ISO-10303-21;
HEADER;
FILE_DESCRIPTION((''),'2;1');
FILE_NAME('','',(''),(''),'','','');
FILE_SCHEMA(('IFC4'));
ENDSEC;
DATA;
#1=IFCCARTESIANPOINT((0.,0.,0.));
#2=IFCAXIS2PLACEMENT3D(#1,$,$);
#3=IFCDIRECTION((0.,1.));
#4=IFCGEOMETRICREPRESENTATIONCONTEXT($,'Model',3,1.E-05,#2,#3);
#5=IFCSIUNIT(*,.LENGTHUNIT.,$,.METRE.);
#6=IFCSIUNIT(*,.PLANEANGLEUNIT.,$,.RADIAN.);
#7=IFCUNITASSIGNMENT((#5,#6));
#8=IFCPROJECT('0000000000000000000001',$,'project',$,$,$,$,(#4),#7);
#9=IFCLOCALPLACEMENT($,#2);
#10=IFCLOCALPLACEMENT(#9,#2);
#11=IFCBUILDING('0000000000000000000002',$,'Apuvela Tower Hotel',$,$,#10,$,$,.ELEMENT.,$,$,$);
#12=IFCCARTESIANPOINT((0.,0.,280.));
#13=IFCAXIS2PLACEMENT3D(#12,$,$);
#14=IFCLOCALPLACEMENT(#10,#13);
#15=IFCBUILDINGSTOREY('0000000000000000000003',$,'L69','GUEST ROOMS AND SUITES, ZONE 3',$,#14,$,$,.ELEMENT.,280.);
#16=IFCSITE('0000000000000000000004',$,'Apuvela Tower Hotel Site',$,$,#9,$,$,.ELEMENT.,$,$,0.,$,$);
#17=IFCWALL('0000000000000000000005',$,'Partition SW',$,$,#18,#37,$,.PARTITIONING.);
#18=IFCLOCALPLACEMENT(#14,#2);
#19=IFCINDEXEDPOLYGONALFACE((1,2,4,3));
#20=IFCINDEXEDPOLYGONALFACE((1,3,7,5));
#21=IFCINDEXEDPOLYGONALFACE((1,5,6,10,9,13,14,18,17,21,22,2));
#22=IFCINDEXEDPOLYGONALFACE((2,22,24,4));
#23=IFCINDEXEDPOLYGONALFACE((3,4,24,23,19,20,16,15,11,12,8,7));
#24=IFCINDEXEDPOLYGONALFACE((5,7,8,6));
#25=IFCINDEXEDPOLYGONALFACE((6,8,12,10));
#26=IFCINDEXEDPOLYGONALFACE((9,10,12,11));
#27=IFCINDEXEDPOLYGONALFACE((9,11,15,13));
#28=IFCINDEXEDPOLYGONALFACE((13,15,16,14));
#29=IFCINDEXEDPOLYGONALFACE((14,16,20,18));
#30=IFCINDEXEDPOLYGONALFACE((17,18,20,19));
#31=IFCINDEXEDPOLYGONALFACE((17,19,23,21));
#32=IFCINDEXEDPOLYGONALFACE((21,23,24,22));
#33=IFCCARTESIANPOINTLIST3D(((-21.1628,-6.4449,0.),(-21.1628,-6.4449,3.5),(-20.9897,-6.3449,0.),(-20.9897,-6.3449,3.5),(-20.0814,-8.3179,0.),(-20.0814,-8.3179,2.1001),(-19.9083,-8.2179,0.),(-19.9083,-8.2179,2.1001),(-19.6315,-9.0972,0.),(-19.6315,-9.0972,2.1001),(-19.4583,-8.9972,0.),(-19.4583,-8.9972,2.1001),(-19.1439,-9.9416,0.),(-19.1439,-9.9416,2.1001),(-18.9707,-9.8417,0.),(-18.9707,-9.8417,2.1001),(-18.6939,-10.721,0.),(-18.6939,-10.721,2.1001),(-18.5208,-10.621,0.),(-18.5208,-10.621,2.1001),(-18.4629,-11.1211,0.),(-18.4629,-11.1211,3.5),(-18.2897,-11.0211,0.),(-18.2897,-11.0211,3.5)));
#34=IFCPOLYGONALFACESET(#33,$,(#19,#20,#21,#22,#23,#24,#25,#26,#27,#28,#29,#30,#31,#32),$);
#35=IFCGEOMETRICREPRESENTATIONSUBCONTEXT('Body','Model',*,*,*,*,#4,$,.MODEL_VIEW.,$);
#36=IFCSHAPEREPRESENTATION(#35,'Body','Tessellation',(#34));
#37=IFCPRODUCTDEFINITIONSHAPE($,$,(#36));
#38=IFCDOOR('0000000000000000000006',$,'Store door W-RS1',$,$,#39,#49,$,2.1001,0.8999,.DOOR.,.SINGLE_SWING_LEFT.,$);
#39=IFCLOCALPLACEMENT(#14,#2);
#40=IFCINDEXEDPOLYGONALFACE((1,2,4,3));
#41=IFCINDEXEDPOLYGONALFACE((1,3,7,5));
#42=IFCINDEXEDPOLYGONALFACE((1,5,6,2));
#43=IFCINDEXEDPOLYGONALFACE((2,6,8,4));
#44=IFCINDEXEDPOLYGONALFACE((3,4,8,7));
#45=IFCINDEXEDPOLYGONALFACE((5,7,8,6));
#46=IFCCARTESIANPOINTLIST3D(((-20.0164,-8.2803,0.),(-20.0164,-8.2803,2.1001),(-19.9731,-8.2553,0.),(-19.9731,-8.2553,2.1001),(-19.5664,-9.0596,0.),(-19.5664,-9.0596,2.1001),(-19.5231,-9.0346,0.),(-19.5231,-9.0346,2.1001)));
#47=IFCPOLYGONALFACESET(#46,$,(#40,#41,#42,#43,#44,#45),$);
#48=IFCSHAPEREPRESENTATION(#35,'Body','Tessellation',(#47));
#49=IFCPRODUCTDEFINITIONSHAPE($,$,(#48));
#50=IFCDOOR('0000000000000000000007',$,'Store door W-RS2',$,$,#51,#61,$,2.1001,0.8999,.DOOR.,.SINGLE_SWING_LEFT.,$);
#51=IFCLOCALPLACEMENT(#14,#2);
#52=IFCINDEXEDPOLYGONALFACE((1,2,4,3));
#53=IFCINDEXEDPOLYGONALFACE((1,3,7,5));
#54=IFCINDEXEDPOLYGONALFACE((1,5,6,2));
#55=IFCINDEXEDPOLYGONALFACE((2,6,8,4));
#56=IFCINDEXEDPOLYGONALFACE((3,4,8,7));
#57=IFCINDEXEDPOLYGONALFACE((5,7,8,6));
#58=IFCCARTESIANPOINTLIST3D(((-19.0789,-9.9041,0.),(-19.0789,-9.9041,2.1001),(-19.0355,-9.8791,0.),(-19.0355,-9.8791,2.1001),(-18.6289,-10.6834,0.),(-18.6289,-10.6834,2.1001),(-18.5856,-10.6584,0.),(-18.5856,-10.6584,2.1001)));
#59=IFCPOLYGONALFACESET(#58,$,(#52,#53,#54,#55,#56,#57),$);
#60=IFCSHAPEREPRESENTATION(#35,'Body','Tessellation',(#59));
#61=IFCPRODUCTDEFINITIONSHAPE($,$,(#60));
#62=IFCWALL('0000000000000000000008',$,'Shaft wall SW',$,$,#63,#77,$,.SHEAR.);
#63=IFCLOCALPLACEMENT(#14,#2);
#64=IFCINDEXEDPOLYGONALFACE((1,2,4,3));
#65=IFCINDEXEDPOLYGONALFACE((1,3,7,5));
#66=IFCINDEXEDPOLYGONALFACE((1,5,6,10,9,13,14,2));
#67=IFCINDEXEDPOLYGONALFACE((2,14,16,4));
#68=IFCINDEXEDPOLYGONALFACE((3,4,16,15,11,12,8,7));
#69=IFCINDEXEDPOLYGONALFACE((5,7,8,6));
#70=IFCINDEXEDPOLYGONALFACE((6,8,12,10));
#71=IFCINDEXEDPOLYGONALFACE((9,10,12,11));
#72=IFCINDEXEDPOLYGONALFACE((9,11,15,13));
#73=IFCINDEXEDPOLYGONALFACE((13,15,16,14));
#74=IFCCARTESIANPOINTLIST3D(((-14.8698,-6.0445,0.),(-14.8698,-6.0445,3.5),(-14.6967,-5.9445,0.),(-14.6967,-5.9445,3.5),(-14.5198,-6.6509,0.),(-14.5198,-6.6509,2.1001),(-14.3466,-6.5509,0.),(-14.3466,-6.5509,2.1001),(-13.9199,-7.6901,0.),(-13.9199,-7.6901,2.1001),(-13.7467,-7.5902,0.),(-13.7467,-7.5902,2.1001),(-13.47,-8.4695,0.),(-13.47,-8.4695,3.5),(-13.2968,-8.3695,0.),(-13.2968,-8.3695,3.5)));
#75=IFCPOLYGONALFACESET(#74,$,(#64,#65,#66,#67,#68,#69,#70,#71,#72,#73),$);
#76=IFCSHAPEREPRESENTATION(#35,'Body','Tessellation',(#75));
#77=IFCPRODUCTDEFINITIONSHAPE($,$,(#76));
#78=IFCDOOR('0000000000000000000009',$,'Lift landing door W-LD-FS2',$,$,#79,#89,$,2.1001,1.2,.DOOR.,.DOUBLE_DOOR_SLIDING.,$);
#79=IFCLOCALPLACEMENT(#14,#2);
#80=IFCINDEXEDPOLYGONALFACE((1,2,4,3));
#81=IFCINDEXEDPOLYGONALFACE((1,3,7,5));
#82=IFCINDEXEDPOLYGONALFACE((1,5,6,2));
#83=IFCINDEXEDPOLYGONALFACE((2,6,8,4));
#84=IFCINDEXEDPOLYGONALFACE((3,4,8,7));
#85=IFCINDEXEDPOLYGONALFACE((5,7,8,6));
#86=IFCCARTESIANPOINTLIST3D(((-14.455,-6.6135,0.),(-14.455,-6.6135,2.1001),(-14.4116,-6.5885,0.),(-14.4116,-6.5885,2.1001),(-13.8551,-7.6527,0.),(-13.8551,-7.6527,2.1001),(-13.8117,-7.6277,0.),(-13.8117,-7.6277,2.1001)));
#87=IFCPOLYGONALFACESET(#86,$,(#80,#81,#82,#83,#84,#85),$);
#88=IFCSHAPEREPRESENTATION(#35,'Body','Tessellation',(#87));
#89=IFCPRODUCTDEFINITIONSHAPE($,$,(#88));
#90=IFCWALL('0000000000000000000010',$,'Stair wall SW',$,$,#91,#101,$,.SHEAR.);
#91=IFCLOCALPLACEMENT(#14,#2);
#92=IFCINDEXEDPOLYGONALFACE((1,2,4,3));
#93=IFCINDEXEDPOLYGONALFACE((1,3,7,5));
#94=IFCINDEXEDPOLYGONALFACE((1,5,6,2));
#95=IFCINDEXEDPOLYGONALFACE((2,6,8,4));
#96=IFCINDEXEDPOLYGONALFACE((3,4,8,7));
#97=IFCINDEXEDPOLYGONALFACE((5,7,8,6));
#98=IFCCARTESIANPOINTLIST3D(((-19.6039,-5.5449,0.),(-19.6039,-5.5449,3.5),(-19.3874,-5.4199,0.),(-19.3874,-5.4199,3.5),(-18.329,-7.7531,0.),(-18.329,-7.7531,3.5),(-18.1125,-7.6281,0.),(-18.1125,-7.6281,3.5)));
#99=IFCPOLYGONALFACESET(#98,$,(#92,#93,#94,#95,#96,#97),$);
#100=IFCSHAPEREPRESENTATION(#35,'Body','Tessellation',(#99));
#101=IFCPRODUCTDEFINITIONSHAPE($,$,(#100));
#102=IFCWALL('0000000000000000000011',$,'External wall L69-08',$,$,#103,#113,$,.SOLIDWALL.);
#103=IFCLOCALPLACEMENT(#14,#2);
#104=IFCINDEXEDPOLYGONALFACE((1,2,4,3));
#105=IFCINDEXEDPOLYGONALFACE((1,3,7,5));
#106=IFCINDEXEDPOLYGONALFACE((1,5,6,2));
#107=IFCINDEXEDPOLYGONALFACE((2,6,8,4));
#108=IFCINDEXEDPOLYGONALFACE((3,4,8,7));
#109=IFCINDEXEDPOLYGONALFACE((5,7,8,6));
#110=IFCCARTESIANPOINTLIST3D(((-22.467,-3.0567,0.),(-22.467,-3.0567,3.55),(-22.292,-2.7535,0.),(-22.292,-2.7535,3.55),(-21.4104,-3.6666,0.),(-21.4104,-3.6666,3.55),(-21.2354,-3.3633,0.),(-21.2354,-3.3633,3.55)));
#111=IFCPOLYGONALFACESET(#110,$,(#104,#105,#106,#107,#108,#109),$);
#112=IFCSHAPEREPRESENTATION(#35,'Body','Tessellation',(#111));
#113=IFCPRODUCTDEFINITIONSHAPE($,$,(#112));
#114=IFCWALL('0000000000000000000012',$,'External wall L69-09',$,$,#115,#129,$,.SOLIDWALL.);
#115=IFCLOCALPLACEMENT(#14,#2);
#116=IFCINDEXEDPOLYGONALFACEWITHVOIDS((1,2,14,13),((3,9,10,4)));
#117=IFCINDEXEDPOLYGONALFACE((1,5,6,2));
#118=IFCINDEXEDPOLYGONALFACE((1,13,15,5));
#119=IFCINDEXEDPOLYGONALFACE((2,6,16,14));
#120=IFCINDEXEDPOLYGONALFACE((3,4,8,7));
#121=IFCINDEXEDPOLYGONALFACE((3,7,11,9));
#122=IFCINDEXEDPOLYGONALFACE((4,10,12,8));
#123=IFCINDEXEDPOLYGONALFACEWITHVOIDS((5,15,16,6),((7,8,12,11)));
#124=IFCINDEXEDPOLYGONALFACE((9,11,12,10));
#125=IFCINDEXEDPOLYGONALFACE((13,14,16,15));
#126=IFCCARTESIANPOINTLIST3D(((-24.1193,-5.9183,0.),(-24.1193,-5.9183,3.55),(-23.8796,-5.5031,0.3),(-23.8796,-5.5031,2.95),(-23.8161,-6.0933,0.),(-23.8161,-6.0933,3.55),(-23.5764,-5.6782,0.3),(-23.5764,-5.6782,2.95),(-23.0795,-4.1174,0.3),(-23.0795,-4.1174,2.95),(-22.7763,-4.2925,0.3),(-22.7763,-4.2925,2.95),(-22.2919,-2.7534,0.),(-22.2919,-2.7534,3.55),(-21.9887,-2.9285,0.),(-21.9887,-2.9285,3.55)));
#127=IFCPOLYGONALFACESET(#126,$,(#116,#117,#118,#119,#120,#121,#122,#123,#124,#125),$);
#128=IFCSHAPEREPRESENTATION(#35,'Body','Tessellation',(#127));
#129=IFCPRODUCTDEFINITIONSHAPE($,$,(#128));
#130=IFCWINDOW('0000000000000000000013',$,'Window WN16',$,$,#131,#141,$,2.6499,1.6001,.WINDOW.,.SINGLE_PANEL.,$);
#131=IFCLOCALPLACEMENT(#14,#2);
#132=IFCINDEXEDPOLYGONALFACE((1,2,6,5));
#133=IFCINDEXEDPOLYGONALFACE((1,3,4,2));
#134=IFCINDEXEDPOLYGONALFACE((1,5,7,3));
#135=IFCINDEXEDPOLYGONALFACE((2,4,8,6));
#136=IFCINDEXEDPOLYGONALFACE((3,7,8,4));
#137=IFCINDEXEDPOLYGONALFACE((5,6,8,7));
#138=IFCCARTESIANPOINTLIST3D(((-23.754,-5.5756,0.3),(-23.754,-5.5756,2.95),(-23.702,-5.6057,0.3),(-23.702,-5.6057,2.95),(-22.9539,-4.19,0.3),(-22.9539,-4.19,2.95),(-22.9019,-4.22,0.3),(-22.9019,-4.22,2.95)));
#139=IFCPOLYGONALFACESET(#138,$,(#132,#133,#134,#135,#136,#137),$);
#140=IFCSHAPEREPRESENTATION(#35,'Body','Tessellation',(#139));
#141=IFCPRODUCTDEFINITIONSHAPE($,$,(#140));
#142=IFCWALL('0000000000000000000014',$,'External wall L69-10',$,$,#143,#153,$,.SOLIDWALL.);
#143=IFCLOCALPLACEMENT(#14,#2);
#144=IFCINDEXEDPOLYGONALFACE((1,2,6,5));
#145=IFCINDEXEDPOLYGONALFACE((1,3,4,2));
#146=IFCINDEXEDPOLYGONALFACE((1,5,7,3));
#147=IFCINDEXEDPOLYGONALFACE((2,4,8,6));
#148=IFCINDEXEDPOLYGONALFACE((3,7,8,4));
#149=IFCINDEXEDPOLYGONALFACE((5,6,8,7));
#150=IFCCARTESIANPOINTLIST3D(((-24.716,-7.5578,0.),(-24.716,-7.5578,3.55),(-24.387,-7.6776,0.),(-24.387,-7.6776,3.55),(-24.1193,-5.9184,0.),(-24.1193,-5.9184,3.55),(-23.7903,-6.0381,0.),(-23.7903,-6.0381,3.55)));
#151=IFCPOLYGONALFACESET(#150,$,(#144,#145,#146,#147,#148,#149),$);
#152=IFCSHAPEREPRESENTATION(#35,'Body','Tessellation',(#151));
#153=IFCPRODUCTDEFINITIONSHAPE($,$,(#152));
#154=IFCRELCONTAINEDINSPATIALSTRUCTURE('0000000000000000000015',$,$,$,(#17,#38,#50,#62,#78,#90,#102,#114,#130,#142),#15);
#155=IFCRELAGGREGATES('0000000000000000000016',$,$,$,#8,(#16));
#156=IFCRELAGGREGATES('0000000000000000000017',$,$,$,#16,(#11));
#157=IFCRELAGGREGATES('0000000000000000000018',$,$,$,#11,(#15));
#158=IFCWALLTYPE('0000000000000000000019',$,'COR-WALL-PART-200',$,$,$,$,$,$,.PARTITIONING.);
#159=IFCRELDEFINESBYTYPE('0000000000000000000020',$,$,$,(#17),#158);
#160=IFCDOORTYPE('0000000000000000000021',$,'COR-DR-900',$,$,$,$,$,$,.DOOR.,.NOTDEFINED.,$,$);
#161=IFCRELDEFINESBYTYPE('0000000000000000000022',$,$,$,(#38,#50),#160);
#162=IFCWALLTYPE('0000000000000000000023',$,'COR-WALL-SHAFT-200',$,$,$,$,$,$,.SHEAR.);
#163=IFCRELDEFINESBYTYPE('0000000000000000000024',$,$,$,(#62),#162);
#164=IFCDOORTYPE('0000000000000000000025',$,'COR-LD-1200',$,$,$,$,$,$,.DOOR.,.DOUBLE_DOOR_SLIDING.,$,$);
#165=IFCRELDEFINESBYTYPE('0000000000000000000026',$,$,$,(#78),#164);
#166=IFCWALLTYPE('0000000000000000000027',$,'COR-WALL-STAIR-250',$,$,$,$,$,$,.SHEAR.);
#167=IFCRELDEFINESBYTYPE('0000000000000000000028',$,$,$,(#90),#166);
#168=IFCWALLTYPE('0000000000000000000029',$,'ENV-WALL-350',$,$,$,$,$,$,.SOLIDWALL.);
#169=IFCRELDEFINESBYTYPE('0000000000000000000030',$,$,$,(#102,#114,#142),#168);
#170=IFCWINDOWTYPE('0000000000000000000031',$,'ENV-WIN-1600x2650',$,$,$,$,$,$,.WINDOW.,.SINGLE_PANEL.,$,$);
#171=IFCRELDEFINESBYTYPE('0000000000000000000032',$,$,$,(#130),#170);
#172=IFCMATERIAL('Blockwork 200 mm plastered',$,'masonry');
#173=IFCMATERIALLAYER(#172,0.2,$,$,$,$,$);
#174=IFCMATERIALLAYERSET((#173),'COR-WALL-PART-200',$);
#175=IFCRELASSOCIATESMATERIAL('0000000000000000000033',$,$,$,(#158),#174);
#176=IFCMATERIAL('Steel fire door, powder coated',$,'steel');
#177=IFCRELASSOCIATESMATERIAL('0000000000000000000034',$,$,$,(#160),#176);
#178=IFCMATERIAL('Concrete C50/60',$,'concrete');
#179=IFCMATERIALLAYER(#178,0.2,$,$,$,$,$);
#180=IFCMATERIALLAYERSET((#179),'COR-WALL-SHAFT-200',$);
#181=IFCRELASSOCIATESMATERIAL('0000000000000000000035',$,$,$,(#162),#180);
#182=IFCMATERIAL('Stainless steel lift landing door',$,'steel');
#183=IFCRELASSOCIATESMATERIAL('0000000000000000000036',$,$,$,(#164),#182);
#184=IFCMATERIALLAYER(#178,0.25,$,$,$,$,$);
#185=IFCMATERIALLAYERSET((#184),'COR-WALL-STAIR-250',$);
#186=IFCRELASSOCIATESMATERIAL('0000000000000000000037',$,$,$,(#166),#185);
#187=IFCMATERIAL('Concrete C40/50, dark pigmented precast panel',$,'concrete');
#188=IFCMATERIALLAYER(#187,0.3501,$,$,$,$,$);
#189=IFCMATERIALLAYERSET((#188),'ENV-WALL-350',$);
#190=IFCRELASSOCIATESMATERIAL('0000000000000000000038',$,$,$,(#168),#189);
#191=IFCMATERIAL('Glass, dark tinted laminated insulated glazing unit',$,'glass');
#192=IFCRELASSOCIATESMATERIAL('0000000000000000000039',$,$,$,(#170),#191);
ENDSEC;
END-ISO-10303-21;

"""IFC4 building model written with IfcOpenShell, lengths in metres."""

from ifc_helpers import new_model, si_unit, direction, frame, frame_2d, origin, place, context, subcontext, project, spatial, rectangle, extrude, material, layer, layer_set, type_object, element, fill, save


model = new_model("IFC4")

# Units and contexts
model_context = context("Model", 3, precision=1e-05, world=origin(), true_north=direction((0.0, 1.0)))
body_context = subcontext(model_context, "Body", "Model", "MODEL_VIEW")
ifc_project = project(units=[si_unit("LENGTHUNIT", "METRE"), si_unit("PLANEANGLEUNIT", "RADIAN")], contexts=[model_context])

# Site, building, storey
site_placement = place(None, origin())
site = spatial("IfcSite", under=ifc_project, at=site_placement, Name="Apuvela Tower Hotel Site", CompositionType="ELEMENT", RefElevation=0.0)
building_placement = place(site_placement, origin())
building = spatial("IfcBuilding", under=site, at=building_placement, Name="Apuvela Tower Hotel", CompositionType="ELEMENT")
storey_placement = place(building_placement, frame((0.0, 0.0, 280.0)))
storey = spatial("IfcBuildingStorey", under=building, at=storey_placement, Name="L69", Description="GUEST ROOMS AND SUITES, ZONE 3", CompositionType="ELEMENT", Elevation=280.0)

# Wall, openings, doors
ifc_material_1 = material(Name="Blockwork 200 mm plastered", Category="masonry")
ifc_layer_1 = layer(ifc_material_1, 0.2)
ifc_layer_set_1 = layer_set([ifc_layer_1], Name="COR-WALL-PART-200")
wall_type_1 = type_object("IfcWallType", Name="COR-WALL-PART-200", PredefinedType="PARTITIONING", material=ifc_layer_set_1)
wall_1_placement = place(storey_placement, frame((-21.0762, -6.395, 0.0), z_axis=(0.0, 0.0, 1.0), x_axis=(0.500015, -0.866017, 0.0)))
wall_1 = element("IfcWall", 1, at=wall_1_placement, inside=storey, type_object=wall_type_1, Name="Partition SW", PredefinedType="PARTITIONING", context=body_context, shape_type="SweptSolid", body=[
    extrude(rectangle(XDim=5.3997, YDim=0.2, at=frame_2d((2.6997, 0.0))), origin(), (0.0, 0.0, 1.0), 3.5),
])
opening_1_placement = place(wall_1_placement, frame((2.1626, 0.0, 0.0)))
opening_1 = element("IfcOpeningElement", 2, at=opening_1_placement, cuts=wall_1, PredefinedType="OPENING", context=body_context, shape_type="SweptSolid", body=[
    extrude(rectangle(XDim=0.8999, YDim=2.1001, at=frame_2d((0.45, 1.05))), frame((0.0, 0.1099, 0.0), z_axis=(0.0, -1.0, 0.0), x_axis=(1.0, 0.0, 0.0)), (0.0, 0.0, 1.0), 0.22),
])
opening_2_placement = place(wall_1_placement, frame((4.0376, 0.0, 0.0)))
opening_2 = element("IfcOpeningElement", 3, at=opening_2_placement, cuts=wall_1, PredefinedType="OPENING", context=body_context, shape_type="SweptSolid", body=[
    extrude(rectangle(XDim=0.8999, YDim=2.1001, at=frame_2d((0.45, 1.05))), frame((0.0, 0.1099, 0.0), z_axis=(0.0, -1.0, 0.0), x_axis=(1.0, 0.0, 0.0)), (0.0, 0.0, 1.0), 0.22),
])
ifc_material_2 = material(Name="Steel fire door, powder coated", Category="steel")
door_type_1 = type_object("IfcDoorType", Name="COR-DR-900", OperationType="NOTDEFINED", PredefinedType="DOOR", material=ifc_material_2)
door_1_placement = place(opening_1_placement, frame((0.8999, 0.0, 0.0), z_axis=(0.0, 0.0, 1.0), x_axis=(-1.0, 0.0, 0.0)))
door_1 = element("IfcDoor", 4, at=door_1_placement, inside=storey, type_object=door_type_1, Name="Store door W-RS1", OperationType="SINGLE_SWING_LEFT", OverallHeight=2.1001, OverallWidth=0.8999, PredefinedType="DOOR", context=body_context, shape_type="SweptSolid", body=[
    extrude(rectangle(XDim=0.8999, YDim=2.1001, at=frame_2d((0.45, 1.05))), frame((0.0, 0.0249, 0.0), z_axis=(0.0, -1.0, 0.0), x_axis=(1.0, 0.0, 0.0)), (0.0, 0.0, 1.0), 0.05),
])
fill(opening_1, door_1)
door_2_placement = place(opening_2_placement, frame((0.8999, 0.0, 0.0), z_axis=(0.0, 0.0, 1.0), x_axis=(-1.0, 0.0, 0.0)))
door_2 = element("IfcDoor", 5, at=door_2_placement, inside=storey, type_object=door_type_1, Name="Store door W-RS2", OperationType="SINGLE_SWING_LEFT", OverallHeight=2.1001, OverallWidth=0.8999, PredefinedType="DOOR", context=body_context, shape_type="SweptSolid", body=[
    extrude(rectangle(XDim=0.8999, YDim=2.1001, at=frame_2d((0.45, 1.05))), frame((0.0, 0.0249, 0.0), z_axis=(0.0, -1.0, 0.0), x_axis=(1.0, 0.0, 0.0)), (0.0, 0.0, 1.0), 0.05),
])
fill(opening_2, door_2)

# Wall, opening, door
ifc_material_3 = material(Name="Concrete C50/60", Category="concrete")
ifc_layer_2 = layer(ifc_material_3, 0.2)
ifc_layer_set_2 = layer_set([ifc_layer_2], Name="COR-WALL-SHAFT-200")
wall_type_2 = type_object("IfcWallType", Name="COR-WALL-SHAFT-200", PredefinedType="SHEAR", material=ifc_layer_set_2)
wall_2_placement = place(storey_placement, frame((-14.7832, -5.9946, 0.0), z_axis=(0.0, 0.0, 1.0), x_axis=(0.499946, -0.866056, 0.0)))
wall_2 = element("IfcWall", 6, at=wall_2_placement, inside=storey, type_object=wall_type_2, Name="Shaft wall SW", PredefinedType="SHEAR", context=body_context, shape_type="SweptSolid", body=[
    extrude(rectangle(XDim=2.8, YDim=0.2, at=frame_2d((1.3999, 0.0))), origin(), (0.0, 0.0, 1.0), 3.5),
])
opening_3_placement = place(wall_2_placement, frame((0.7, 0.0, 0.0)))
opening_3 = element("IfcOpeningElement", 7, at=opening_3_placement, cuts=wall_2, PredefinedType="OPENING", context=body_context, shape_type="SweptSolid", body=[
    extrude(rectangle(XDim=1.2, YDim=2.1001, at=frame_2d((0.6001, 1.05))), frame((0.0, 0.1099, 0.0), z_axis=(0.0, -1.0, 0.0), x_axis=(1.0, 0.0, 0.0)), (0.0, 0.0, 1.0), 0.22),
])
ifc_material_4 = material(Name="Stainless steel lift landing door", Category="steel")
door_type_2 = type_object("IfcDoorType", Name="COR-LD-1200", OperationType="DOUBLE_DOOR_SLIDING", PredefinedType="DOOR", material=ifc_material_4)
door_3_placement = place(opening_3_placement, origin())
door_3 = element("IfcDoor", 8, at=door_3_placement, inside=storey, type_object=door_type_2, Name="Lift landing door W-LD-FS2", OperationType="DOUBLE_DOOR_SLIDING", OverallHeight=2.1001, OverallWidth=1.2, PredefinedType="DOOR", context=body_context, shape_type="SweptSolid", body=[
    extrude(rectangle(XDim=1.2, YDim=2.1001, at=frame_2d((0.6001, 1.05))), frame((0.0, 0.0249, 0.0), z_axis=(0.0, -1.0, 0.0), x_axis=(1.0, 0.0, 0.0)), (0.0, 0.0, 1.0), 0.05),
])
fill(opening_3, door_3)

# Walls
ifc_layer_3 = layer(ifc_material_3, 0.25)
ifc_layer_set_3 = layer_set([ifc_layer_3], Name="COR-WALL-STAIR-250")
wall_type_3 = type_object("IfcWallType", Name="COR-WALL-STAIR-250", PredefinedType="SHEAR", material=ifc_layer_set_3)
wall_3_placement = place(storey_placement, frame((-19.4956, -5.4824, 0.0), z_axis=(0.0, 0.0, 1.0), x_axis=(0.49999, -0.866031, 0.0)))
element("IfcWall", 9, at=wall_3_placement, inside=storey, type_object=wall_type_3, Name="Stair wall SW", PredefinedType="SHEAR", context=body_context, shape_type="SweptSolid", body=[
    extrude(rectangle(XDim=2.5498, YDim=0.25, at=frame_2d((1.2749, 0.0))), origin(), (0.0, 0.0, 1.0), 3.5),
])
ifc_material_5 = material(Name="Concrete C40/50, dark pigmented precast panel", Category="concrete")
ifc_layer_4 = layer(ifc_material_5, 0.3501)
ifc_layer_set_4 = layer_set([ifc_layer_4], Name="ENV-WALL-350")
wall_type_4 = type_object("IfcWallType", Name="ENV-WALL-350", PredefinedType="SOLIDWALL", material=ifc_layer_set_4)
wall_4_placement = place(storey_placement, frame((-21.323, -3.5149, 0.0), z_axis=(0.0, 0.0, 1.0), x_axis=(-0.866092, 0.499884, 0.0)))
element("IfcWall", 10, at=wall_4_placement, inside=storey, type_object=wall_type_4, Name="External wall L69-08", PredefinedType="SOLIDWALL", context=body_context, shape_type="SweptSolid", body=[
    extrude(rectangle(XDim=1.22, YDim=0.3501, at=frame_2d((0.6099, 0.0))), origin(), (0.0, 0.0, 1.0), 3.55),
])

# Wall, opening, window
wall_5_placement = place(storey_placement, frame((-22.1404, -2.8411, 0.0), z_axis=(0.0, 0.0, 1.0), x_axis=(-0.500041, -0.866002, 0.0)))
wall_5 = element("IfcWall", 11, at=wall_5_placement, inside=storey, type_object=wall_type_4, Name="External wall L69-09", PredefinedType="SOLIDWALL", context=body_context, shape_type="SweptSolid", body=[
    extrude(rectangle(XDim=3.6545, YDim=0.3501, at=frame_2d((1.8271, 0.0))), origin(), (0.0, 0.0, 1.0), 3.55),
])
opening_4_placement = place(wall_5_placement, frame((1.575, 0.0, 0.3)))
opening_4 = element("IfcOpeningElement", 12, at=opening_4_placement, cuts=wall_5, PredefinedType="OPENING", context=body_context, shape_type="SweptSolid", body=[
    extrude(rectangle(XDim=1.6001, YDim=2.6499, at=frame_2d((0.8, 1.325))), frame((0.0, 0.1851, 0.0), z_axis=(0.0, -1.0, 0.0), x_axis=(1.0, 0.0, 0.0)), (0.0, 0.0, 1.0), 0.3701),
])
ifc_material_6 = material(Name="Glass, dark tinted laminated insulated glazing unit", Category="glass")
window_type = type_object("IfcWindowType", Name="ENV-WIN-1600x2650", PartitioningType="SINGLE_PANEL", PredefinedType="WINDOW", material=ifc_material_6)
window_placement = place(opening_4_placement, origin())
window = element("IfcWindow", 13, at=window_placement, inside=storey, type_object=window_type, Name="Window WN16", OverallHeight=2.6499, OverallWidth=1.6001, PartitioningType="SINGLE_PANEL", PredefinedType="WINDOW", context=body_context, shape_type="SweptSolid", body=[
    extrude(rectangle(XDim=1.6001, YDim=2.6499, at=frame_2d((0.8, 1.325))), frame((0.0, 0.03, 0.0), z_axis=(0.0, -1.0, 0.0), x_axis=(1.0, 0.0, 0.0)), (0.0, 0.0, 1.0), 0.0601),
])
fill(opening_4, window)

# Wall
wall_6_placement = place(storey_placement, frame((-23.9548, -5.9783, 0.0), z_axis=(0.0, 0.0, 1.0), x_axis=(-0.342013, -0.939695, 0.0)))
element("IfcWall", 14, at=wall_6_placement, inside=storey, type_object=wall_type_4, Name="External wall L69-10", PredefinedType="SOLIDWALL", context=body_context, shape_type="SweptSolid", body=[
    extrude(rectangle(XDim=1.7446, YDim=0.3501, at=frame_2d((0.8723, 0.0))), origin(), (0.0, 0.0, 1.0), 3.55),
])

save(model, "model.ifc")
